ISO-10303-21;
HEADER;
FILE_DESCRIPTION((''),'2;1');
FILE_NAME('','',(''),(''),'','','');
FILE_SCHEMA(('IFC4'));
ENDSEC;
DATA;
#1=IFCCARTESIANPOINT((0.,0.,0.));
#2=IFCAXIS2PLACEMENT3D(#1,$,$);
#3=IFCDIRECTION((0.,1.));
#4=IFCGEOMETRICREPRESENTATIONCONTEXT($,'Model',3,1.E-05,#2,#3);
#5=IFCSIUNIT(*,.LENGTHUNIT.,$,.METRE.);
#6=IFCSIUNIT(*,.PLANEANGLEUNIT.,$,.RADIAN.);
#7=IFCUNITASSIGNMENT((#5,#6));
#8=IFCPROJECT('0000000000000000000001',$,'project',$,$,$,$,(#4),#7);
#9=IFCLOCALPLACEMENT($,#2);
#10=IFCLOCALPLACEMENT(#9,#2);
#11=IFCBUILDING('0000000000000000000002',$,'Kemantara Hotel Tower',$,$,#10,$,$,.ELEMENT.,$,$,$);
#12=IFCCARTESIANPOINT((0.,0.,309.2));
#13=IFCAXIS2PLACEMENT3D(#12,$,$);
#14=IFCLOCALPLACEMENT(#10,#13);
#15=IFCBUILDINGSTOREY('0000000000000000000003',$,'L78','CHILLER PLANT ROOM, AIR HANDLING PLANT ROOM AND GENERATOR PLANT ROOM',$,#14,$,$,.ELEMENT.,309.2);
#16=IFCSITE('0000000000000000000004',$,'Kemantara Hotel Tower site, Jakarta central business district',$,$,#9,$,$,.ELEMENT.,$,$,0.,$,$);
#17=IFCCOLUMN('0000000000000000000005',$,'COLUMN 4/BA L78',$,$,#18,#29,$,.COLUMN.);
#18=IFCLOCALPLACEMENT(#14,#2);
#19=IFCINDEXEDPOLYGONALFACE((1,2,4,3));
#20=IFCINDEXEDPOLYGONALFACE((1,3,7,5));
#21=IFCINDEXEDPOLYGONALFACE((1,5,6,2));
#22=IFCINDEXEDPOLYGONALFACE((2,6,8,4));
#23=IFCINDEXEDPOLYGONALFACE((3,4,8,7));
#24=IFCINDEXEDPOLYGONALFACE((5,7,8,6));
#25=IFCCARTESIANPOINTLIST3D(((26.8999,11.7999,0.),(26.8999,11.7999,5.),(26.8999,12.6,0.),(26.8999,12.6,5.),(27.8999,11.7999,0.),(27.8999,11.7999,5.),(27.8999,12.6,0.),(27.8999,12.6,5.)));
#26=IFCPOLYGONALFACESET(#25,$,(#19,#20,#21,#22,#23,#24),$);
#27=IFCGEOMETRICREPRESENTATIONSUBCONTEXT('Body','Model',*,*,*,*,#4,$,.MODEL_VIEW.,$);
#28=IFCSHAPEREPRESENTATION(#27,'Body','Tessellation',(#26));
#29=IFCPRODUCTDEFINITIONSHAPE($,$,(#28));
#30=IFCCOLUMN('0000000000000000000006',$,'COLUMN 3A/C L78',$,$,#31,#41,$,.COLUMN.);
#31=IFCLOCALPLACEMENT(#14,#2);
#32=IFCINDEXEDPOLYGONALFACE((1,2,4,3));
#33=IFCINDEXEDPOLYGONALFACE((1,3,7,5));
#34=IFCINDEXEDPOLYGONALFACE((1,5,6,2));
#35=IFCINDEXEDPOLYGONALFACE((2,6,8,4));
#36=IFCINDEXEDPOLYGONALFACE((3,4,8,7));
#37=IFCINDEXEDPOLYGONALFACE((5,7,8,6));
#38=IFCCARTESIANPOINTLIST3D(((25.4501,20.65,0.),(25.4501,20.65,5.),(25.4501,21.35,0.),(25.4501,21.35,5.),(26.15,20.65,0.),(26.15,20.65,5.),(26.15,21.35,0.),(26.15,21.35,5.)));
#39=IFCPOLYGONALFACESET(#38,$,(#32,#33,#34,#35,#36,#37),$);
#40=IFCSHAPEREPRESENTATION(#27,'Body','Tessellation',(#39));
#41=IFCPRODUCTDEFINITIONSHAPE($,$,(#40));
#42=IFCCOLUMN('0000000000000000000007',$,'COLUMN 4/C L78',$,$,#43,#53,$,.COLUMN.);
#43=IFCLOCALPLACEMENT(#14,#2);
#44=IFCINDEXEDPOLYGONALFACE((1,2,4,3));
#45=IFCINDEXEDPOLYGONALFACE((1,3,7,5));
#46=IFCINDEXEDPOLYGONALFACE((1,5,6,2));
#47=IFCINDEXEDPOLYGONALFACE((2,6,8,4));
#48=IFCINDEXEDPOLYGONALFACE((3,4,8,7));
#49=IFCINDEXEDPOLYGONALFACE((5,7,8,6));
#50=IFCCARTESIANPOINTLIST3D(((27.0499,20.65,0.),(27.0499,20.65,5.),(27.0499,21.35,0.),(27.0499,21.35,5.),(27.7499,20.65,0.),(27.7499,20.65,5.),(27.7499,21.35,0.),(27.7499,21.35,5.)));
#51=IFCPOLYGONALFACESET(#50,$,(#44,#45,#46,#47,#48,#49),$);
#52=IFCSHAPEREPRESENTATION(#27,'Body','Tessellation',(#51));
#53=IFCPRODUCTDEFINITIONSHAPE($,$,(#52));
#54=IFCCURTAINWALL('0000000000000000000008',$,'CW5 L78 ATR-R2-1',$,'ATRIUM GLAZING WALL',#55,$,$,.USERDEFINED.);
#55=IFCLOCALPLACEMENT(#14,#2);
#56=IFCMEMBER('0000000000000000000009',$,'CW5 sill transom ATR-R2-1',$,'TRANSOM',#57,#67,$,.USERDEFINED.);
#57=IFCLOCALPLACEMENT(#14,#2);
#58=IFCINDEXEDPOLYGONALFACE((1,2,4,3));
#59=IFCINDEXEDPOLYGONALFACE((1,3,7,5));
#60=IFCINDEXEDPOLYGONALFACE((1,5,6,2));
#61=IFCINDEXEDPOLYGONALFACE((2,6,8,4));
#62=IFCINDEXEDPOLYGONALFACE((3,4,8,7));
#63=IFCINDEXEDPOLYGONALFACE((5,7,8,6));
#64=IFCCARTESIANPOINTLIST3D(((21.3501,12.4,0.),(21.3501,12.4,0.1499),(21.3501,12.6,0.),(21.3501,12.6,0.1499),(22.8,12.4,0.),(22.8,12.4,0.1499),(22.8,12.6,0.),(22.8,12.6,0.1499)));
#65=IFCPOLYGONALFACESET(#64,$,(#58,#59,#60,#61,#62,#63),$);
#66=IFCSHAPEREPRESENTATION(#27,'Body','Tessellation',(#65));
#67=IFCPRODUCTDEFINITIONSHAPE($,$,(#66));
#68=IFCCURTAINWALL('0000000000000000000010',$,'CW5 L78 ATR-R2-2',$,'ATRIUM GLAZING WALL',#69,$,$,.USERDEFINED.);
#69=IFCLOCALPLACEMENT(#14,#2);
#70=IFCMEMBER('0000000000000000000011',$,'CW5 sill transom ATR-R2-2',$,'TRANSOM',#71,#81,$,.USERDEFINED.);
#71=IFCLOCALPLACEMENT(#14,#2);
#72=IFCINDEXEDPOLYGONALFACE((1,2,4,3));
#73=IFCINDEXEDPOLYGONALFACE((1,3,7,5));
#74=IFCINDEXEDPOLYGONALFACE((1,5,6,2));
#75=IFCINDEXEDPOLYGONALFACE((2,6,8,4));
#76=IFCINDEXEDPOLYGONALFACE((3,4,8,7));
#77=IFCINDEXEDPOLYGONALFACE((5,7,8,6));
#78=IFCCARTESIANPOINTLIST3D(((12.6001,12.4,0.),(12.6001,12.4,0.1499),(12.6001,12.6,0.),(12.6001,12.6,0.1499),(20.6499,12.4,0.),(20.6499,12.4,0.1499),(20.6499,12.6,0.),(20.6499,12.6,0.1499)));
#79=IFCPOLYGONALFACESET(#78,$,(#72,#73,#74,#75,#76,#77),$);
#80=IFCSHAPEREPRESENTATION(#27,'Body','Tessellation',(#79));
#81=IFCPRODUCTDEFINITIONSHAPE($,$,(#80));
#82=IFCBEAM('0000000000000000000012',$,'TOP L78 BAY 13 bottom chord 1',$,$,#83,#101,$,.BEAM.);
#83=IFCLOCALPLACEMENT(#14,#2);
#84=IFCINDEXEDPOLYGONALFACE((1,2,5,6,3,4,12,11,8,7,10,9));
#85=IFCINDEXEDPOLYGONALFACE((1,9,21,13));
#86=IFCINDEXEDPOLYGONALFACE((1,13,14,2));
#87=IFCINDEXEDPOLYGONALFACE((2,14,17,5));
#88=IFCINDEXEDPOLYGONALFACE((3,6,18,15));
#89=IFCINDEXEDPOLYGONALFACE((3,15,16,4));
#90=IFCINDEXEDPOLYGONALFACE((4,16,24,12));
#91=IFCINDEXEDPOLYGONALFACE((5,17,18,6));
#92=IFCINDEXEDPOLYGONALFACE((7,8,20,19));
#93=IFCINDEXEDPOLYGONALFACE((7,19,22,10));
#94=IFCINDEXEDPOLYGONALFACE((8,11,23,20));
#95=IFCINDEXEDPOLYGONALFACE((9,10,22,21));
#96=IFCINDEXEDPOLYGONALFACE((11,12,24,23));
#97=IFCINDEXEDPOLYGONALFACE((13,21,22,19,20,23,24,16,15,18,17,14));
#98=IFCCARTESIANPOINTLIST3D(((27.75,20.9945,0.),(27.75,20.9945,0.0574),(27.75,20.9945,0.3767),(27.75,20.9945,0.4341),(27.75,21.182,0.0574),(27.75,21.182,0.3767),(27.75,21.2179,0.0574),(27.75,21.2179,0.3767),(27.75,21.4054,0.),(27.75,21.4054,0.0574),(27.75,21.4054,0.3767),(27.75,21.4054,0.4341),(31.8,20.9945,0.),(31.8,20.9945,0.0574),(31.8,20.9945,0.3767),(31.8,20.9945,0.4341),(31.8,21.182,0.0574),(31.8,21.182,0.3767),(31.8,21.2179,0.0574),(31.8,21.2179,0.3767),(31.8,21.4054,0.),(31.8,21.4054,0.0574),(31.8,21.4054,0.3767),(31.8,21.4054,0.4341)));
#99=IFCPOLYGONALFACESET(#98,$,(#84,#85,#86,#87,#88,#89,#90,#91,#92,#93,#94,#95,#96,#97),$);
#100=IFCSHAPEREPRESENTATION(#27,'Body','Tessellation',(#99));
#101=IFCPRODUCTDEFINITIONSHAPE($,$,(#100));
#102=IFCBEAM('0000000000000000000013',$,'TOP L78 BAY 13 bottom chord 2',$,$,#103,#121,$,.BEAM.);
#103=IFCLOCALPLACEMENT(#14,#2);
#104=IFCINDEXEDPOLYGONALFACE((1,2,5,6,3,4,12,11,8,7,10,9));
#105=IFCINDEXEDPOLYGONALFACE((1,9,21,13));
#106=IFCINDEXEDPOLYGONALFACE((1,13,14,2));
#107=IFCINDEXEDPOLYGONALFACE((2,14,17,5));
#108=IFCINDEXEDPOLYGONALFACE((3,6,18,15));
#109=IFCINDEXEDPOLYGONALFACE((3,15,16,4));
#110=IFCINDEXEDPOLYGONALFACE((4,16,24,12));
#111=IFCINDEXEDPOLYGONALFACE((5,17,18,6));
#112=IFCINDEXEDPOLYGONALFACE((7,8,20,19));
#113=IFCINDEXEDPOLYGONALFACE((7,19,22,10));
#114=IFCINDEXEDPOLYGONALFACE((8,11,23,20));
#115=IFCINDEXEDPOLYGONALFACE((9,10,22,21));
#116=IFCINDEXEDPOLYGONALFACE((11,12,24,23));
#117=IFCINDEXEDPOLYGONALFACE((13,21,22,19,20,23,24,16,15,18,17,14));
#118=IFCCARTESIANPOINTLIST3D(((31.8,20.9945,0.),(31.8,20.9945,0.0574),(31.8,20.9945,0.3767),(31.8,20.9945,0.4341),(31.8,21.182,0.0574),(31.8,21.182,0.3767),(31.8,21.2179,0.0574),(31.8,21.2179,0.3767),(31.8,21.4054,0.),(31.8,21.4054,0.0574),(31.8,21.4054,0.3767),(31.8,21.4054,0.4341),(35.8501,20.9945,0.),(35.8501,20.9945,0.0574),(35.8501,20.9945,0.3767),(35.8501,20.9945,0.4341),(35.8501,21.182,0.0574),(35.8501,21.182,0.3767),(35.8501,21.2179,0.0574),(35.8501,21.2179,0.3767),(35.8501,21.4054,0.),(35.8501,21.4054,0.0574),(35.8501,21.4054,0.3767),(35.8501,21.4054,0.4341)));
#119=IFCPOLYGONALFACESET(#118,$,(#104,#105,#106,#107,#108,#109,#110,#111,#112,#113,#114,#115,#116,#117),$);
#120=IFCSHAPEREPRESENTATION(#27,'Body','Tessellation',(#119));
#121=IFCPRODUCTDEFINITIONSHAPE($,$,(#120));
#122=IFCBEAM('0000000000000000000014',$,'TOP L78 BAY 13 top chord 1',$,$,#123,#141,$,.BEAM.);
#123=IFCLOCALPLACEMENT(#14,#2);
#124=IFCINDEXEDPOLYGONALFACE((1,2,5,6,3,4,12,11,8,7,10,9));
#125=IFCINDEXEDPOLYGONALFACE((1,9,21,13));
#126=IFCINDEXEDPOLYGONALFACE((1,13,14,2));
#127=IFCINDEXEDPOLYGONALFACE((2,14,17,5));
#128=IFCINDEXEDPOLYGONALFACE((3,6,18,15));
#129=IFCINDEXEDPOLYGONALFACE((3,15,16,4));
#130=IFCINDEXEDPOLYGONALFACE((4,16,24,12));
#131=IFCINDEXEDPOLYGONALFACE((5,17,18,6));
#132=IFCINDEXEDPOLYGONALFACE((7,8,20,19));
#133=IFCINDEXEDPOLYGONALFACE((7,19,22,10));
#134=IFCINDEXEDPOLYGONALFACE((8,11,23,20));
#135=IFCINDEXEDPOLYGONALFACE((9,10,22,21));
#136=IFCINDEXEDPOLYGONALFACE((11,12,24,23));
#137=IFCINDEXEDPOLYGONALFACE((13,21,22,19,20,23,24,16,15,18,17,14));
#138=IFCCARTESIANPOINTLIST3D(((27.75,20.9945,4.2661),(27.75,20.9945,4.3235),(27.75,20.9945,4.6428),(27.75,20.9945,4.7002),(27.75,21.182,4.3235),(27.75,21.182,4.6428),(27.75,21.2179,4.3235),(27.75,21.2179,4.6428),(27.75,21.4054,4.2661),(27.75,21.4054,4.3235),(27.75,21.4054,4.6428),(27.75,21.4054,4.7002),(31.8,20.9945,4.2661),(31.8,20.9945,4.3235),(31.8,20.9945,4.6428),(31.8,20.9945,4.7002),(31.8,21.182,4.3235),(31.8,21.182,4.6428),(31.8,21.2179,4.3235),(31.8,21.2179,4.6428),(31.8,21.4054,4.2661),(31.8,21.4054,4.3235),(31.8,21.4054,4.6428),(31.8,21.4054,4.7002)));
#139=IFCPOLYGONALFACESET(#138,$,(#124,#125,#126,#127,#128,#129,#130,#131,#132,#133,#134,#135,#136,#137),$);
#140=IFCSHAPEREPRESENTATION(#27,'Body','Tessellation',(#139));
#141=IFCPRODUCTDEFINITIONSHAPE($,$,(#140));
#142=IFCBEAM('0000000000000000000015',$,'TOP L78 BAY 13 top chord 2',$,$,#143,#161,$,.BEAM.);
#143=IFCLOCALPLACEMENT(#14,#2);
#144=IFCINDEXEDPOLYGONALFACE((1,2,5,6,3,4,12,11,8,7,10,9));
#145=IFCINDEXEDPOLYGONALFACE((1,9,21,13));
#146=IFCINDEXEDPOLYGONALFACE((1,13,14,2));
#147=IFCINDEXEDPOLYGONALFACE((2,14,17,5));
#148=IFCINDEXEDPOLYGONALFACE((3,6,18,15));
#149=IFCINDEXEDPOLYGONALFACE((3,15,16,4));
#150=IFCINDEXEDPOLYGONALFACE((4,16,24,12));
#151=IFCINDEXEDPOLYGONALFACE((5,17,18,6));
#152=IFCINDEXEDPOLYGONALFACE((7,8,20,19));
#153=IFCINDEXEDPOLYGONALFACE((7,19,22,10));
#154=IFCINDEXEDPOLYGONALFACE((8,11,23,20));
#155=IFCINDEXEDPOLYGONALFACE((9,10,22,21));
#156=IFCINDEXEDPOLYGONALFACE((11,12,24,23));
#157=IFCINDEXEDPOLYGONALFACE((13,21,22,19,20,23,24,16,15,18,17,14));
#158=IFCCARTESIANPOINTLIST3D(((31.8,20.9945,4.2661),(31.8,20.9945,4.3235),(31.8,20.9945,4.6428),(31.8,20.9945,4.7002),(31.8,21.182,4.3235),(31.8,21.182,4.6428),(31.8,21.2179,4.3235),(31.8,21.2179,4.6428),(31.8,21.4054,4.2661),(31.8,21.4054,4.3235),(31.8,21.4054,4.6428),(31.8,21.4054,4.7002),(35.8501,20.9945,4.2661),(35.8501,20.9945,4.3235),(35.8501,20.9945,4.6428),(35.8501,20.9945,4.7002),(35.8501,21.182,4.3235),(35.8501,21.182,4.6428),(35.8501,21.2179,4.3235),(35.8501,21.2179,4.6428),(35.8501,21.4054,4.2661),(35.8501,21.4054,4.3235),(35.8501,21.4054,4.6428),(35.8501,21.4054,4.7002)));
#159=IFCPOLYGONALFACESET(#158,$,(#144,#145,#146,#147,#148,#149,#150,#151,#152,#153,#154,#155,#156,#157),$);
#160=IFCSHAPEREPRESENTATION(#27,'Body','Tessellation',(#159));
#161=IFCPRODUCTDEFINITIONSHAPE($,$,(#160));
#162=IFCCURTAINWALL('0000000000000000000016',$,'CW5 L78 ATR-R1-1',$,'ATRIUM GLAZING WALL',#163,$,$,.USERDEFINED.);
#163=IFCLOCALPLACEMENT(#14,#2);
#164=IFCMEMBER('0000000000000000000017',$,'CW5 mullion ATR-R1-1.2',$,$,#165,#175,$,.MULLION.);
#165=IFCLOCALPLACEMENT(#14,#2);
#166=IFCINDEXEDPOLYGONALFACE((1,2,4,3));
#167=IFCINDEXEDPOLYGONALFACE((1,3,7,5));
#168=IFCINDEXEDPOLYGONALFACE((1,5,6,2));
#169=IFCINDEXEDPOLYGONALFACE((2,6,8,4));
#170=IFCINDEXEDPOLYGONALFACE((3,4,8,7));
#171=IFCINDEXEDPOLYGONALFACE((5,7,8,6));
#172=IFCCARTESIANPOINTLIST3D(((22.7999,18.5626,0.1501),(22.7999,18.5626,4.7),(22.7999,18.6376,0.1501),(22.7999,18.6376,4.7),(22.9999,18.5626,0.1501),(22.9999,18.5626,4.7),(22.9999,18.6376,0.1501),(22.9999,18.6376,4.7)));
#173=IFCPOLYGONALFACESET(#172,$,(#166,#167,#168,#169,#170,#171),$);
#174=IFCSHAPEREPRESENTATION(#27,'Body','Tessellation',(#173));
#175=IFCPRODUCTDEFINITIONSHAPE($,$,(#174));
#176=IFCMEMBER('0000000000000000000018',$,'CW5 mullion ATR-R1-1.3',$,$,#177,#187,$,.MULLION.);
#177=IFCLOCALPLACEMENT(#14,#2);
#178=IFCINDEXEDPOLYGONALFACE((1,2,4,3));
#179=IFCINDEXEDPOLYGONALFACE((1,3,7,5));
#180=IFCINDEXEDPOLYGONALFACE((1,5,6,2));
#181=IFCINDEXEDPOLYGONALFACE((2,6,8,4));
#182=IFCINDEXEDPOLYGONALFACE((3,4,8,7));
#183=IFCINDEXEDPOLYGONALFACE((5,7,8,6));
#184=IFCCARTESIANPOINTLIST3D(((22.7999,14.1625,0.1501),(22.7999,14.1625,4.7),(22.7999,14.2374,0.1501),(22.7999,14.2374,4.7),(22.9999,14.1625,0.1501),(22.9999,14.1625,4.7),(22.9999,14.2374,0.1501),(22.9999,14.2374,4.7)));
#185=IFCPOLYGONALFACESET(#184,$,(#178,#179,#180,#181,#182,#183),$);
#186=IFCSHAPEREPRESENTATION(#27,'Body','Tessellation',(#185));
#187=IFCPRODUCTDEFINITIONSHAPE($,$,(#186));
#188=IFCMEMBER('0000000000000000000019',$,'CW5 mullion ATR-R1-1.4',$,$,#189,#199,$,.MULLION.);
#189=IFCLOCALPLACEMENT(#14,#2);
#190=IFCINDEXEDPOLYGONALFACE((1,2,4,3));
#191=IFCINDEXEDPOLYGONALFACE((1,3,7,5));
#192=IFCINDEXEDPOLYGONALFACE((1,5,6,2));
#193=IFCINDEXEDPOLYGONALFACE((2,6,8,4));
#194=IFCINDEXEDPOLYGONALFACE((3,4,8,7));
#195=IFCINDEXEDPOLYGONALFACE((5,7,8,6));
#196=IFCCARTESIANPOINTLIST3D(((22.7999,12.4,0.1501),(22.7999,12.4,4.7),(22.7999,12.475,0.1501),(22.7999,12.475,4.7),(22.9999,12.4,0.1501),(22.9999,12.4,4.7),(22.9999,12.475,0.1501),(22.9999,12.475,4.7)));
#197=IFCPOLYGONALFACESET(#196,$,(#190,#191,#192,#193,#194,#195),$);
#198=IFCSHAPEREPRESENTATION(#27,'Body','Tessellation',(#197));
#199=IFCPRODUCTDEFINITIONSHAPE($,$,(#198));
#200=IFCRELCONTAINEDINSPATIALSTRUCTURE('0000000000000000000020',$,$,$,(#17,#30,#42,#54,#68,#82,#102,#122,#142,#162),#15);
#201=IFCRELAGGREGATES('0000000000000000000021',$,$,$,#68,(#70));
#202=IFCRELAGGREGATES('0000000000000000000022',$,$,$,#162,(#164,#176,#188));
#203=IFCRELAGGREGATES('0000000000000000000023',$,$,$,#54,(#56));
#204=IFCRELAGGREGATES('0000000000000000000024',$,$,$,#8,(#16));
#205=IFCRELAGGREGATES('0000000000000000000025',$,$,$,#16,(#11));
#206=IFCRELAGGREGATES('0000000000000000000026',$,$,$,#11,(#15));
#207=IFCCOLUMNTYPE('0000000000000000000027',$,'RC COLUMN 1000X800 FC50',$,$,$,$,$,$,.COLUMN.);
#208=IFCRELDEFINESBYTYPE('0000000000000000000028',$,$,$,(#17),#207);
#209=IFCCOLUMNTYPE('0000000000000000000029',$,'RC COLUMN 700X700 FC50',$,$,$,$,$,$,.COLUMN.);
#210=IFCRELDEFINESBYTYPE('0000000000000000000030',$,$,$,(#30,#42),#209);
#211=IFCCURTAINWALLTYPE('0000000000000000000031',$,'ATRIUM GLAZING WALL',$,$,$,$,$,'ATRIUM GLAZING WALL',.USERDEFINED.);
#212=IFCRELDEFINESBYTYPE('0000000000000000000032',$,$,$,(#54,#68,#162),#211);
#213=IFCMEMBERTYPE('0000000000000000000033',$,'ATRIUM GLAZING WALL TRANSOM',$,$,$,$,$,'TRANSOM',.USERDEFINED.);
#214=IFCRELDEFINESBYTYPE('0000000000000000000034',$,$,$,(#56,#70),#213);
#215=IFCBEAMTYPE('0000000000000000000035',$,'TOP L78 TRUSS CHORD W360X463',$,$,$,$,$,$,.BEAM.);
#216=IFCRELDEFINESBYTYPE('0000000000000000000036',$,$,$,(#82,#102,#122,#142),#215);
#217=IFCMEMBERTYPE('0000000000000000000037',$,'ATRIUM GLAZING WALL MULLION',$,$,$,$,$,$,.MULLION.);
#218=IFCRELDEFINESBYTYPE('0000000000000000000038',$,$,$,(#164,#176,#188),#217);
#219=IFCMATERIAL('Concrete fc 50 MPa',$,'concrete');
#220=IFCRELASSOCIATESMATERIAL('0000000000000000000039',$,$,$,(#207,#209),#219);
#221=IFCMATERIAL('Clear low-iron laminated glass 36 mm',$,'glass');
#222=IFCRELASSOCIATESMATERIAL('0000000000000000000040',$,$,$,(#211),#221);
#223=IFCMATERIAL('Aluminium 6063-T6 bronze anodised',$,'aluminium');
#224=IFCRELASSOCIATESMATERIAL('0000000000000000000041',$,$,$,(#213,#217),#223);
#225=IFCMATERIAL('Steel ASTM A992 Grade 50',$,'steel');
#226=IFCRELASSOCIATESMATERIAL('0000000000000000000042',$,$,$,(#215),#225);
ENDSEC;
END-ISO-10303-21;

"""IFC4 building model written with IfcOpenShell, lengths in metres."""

from ifc_helpers import new_model, si_unit, direction, frame, origin, origin_2d, place, context, subcontext, project, spatial, rectangle, i_section, extrude, source, transform, mapped, material, material_profile, profile_set, type_object, element, aggregate, save


model = new_model("IFC4")

# Units and contexts
model_context = context("Model", 3, precision=1e-05, world=origin(), true_north=direction((0.0, 1.0)))
body_context = subcontext(model_context, "Body", "Model", "MODEL_VIEW")
ifc_project = project(units=[si_unit("LENGTHUNIT", "METRE"), si_unit("PLANEANGLEUNIT", "RADIAN")], contexts=[model_context])

# Site, building, storey
site_placement = place(None, origin())
site = spatial("IfcSite", under=ifc_project, at=site_placement, Name="Kemantara Hotel Tower site, Jakarta central business district", CompositionType="ELEMENT", RefElevation=0.0)
building_placement = place(site_placement, origin())
building = spatial("IfcBuilding", under=site, at=building_placement, Name="Kemantara Hotel Tower", CompositionType="ELEMENT")
storey_placement = place(building_placement, frame((0.0, 0.0, 309.2)))
storey = spatial("IfcBuildingStorey", under=building, at=storey_placement, Name="L78", Description="CHILLER PLANT ROOM, AIR HANDLING PLANT ROOM AND GENERATOR PLANT ROOM", CompositionType="ELEMENT", Elevation=309.2)

# Columns
ifc_material_1 = material(Name="Concrete fc 50 MPa", Category="concrete")
ifc_material_profile_1 = material_profile(ifc_material_1, rectangle(XDim=1.0, YDim=0.8, at=origin_2d()), Name="RC 1000X800")
ifc_profile_set_1 = profile_set([ifc_material_profile_1], Name="Concrete fc 50 MPa")
column_type_1 = type_object("IfcColumnType", Name="RC COLUMN 1000X800 FC50", PredefinedType="COLUMN", material=ifc_profile_set_1)
column_placement = place(storey_placement, frame((27.3999, 12.2, 0.0), z_axis=(0.0, 0.0, 1.0), x_axis=(1.0, 0.0, 0.0)))
element("IfcColumn", 1, at=column_placement, inside=storey, type_object=column_type_1, Name="COLUMN 4/BA L78", PredefinedType="COLUMN", context=body_context, shape_type="SweptSolid", body=[
    extrude(rectangle(XDim=1.0, YDim=0.8, at=origin_2d()), origin(), (0.0, 0.0, 1.0), 5.0),
])
ifc_material_profile_2 = material_profile(ifc_material_1, rectangle(XDim=0.7, YDim=0.7, at=origin_2d()), Name="RC 700X700")
ifc_profile_set_2 = profile_set([ifc_material_profile_2], Name="Concrete fc 50 MPa")
column_type_2 = type_object("IfcColumnType", Name="RC COLUMN 700X700 FC50", PredefinedType="COLUMN", material=ifc_profile_set_2)
for number, where, z_axis, x_axis, name in (
    (2, (25.8, 21.0, 0.0), (0.0, 0.0, 1.0), (1.0, 0.0, 0.0), "COLUMN 3A/C L78"),
    (3, (27.3999, 21.0, 0.0), (0.0, 0.0, 1.0), (1.0, 0.0, 0.0), "COLUMN 4/C L78"),
):
    element("IfcColumn", number, at=place(storey_placement, frame(where, z_axis=z_axis, x_axis=x_axis)), inside=storey, type_object=column_type_2, Name=name, PredefinedType="COLUMN", context=body_context, shape_type="SweptSolid", body=[
        extrude(rectangle(XDim=0.7, YDim=0.7, at=origin_2d()), origin(), (0.0, 0.0, 1.0), 5.0),
    ])

# Curtain walls, members
ifc_material_2 = material(Name="Clear low-iron laminated glass 36 mm", Category="glass")
curtain_wall_type = type_object("IfcCurtainWallType", Name="ATRIUM GLAZING WALL", ElementType="ATRIUM GLAZING WALL", PredefinedType="USERDEFINED", material=ifc_material_2)
curtain_wall_1_placement = place(storey_placement, origin())
curtain_wall_1 = element("IfcCurtainWall", 4, at=curtain_wall_1_placement, inside=storey, type_object=curtain_wall_type, Name="CW5 L78 ATR-R2-1", ObjectType="ATRIUM GLAZING WALL", PredefinedType="USERDEFINED")
ifc_material_3 = material(Name="Aluminium 6063-T6 bronze anodised", Category="aluminium")
ifc_material_profile_3 = material_profile(ifc_material_3, rectangle(XDim=0.2, YDim=0.1499, at=origin_2d()), Name="ATRIUM GLAZING WALL TRANSOM")
ifc_profile_set_3 = profile_set([ifc_material_profile_3], Name="Aluminium 6063-T6 bronze anodised")
member_type_1 = type_object("IfcMemberType", Name="ATRIUM GLAZING WALL TRANSOM", ElementType="TRANSOM", PredefinedType="USERDEFINED", material=ifc_profile_set_3)
member_1_placement = place(storey_placement, frame((22.8, 12.5, 0.075), z_axis=(-1.0, 0.0, 0.0), x_axis=(0.0, -1.0, 0.0)))
member_1 = element("IfcMember", 5, at=member_1_placement, type_object=member_type_1, Name="CW5 sill transom ATR-R2-1", ObjectType="TRANSOM", PredefinedType="USERDEFINED", context=body_context, shape_type="SweptSolid", body=[
    extrude(rectangle(XDim=0.2, YDim=0.1499, at=origin_2d()), origin(), (0.0, 0.0, 1.0), 1.45),
])
curtain_wall_2_placement = place(storey_placement, origin())
curtain_wall_2 = element("IfcCurtainWall", 6, at=curtain_wall_2_placement, inside=storey, type_object=curtain_wall_type, Name="CW5 L78 ATR-R2-2", ObjectType="ATRIUM GLAZING WALL", PredefinedType="USERDEFINED")
member_2_placement = place(storey_placement, frame((20.6499, 12.5, 0.075), z_axis=(-1.0, 0.0, 0.0), x_axis=(0.0, -1.0, 0.0)))
member_2 = element("IfcMember", 7, at=member_2_placement, type_object=member_type_1, Name="CW5 sill transom ATR-R2-2", ObjectType="TRANSOM", PredefinedType="USERDEFINED", context=body_context, shape_type="SweptSolid", body=[
    extrude(rectangle(XDim=0.2, YDim=0.1499, at=origin_2d()), origin(), (0.0, 0.0, 1.0), 8.0498),
])
aggregate(curtain_wall_2, [member_2])

# Beams
ifc_material_4 = material(Name="Steel ASTM A992 Grade 50", Category="steel")
ifc_material_profile_4 = material_profile(ifc_material_4, i_section(OverallWidth=0.4109, OverallDepth=0.4341, WebThickness=0.0359, FlangeThickness=0.0574, at=origin_2d()), Name="W360X463")
ifc_profile_set_4 = profile_set([ifc_material_profile_4], Name="Steel ASTM A992 Grade 50")
beam_type = type_object("IfcBeamType", Name="TOP L78 TRUSS CHORD W360X463", PredefinedType="BEAM", material=ifc_profile_set_4)
for number, where, z_axis, x_axis, name in (
    (8, (27.75, 21.2, 0.217), (1.0, 0.0, 0.0), (0.0, 1.0, 0.0), "TOP L78 BAY 13 bottom chord 1"),
    (9, (31.8, 21.2, 0.217), (1.0, 0.0, 0.0), (0.0, 1.0, 0.0), "TOP L78 BAY 13 bottom chord 2"),
    (10, (27.75, 21.2, 4.4832), (1.0, 0.0, 0.0), (0.0, 1.0, 0.0), "TOP L78 BAY 13 top chord 1"),
    (11, (31.8, 21.2, 4.4832), (1.0, 0.0, 0.0), (0.0, 1.0, 0.0), "TOP L78 BAY 13 top chord 2"),
):
    element("IfcBeam", number, at=place(storey_placement, frame(where, z_axis=z_axis, x_axis=x_axis)), inside=storey, type_object=beam_type, Name=name, PredefinedType="BEAM", context=body_context, shape_type="SweptSolid", body=[
        extrude(i_section(OverallWidth=0.4109, OverallDepth=0.4341, WebThickness=0.0359, FlangeThickness=0.0574, at=origin_2d()), origin(), (0.0, 0.0, 1.0), 4.05),
    ])

# Curtain wall, members
curtain_wall_3_placement = place(storey_placement, origin())
curtain_wall_3 = element("IfcCurtainWall", 12, at=curtain_wall_3_placement, inside=storey, type_object=curtain_wall_type, Name="CW5 L78 ATR-R1-1", ObjectType="ATRIUM GLAZING WALL", PredefinedType="USERDEFINED")
ifc_material_profile_5 = material_profile(ifc_material_3, rectangle(XDim=0.2, YDim=0.075, at=origin_2d()), Name="ATRIUM GLAZING WALL MULLION")
ifc_profile_set_5 = profile_set([ifc_material_profile_5], Name="Aluminium 6063-T6 bronze anodised")
member_type_2 = type_object("IfcMemberType", Name="ATRIUM GLAZING WALL MULLION", PredefinedType="MULLION", material=ifc_profile_set_5)
shared_shape_1 = source(origin(), body_context, "Body", "SweptSolid", [
    extrude(rectangle(XDim=0.2, YDim=0.075, at=origin_2d()), origin(), (0.0, 0.0, 1.0), 4.5498),
])
member_3_placement = place(storey_placement, frame((22.8999, 18.6001, 0.1501), z_axis=(0.0, 0.0, 1.0), x_axis=(1.0, 0.0, 0.0)))
member_3 = element("IfcMember", 13, at=member_3_placement, type_object=member_type_2, Name="CW5 mullion ATR-R1-1.2", PredefinedType="MULLION", context=body_context, shape_type="MappedRepresentation", body=[
    mapped(shared_shape_1, transform((0.0, 0.0, 0.0))),
])
member_4_placement = place(storey_placement, frame((22.8999, 14.2, 0.1501), z_axis=(0.0, 0.0, 1.0), x_axis=(1.0, 0.0, 0.0)))
member_4 = element("IfcMember", 14, at=member_4_placement, type_object=member_type_2, Name="CW5 mullion ATR-R1-1.3", PredefinedType="MULLION", context=body_context, shape_type="MappedRepresentation", body=[
    mapped(shared_shape_1, transform((0.0, 0.0, 0.0))),
])
member_5_placement = place(storey_placement, frame((22.8999, 12.4375, 0.1501), z_axis=(0.0, 0.0, 1.0), x_axis=(1.0, 0.0, 0.0)))
member_5 = element("IfcMember", 15, at=member_5_placement, type_object=member_type_2, Name="CW5 mullion ATR-R1-1.4", PredefinedType="MULLION", context=body_context, shape_type="MappedRepresentation", body=[
    mapped(shared_shape_1, transform((0.0, 0.0, 0.0))),
])

aggregate(curtain_wall_3, [member_3, member_4, member_5])
aggregate(curtain_wall_1, [member_1])

save(model, "model.ifc")
